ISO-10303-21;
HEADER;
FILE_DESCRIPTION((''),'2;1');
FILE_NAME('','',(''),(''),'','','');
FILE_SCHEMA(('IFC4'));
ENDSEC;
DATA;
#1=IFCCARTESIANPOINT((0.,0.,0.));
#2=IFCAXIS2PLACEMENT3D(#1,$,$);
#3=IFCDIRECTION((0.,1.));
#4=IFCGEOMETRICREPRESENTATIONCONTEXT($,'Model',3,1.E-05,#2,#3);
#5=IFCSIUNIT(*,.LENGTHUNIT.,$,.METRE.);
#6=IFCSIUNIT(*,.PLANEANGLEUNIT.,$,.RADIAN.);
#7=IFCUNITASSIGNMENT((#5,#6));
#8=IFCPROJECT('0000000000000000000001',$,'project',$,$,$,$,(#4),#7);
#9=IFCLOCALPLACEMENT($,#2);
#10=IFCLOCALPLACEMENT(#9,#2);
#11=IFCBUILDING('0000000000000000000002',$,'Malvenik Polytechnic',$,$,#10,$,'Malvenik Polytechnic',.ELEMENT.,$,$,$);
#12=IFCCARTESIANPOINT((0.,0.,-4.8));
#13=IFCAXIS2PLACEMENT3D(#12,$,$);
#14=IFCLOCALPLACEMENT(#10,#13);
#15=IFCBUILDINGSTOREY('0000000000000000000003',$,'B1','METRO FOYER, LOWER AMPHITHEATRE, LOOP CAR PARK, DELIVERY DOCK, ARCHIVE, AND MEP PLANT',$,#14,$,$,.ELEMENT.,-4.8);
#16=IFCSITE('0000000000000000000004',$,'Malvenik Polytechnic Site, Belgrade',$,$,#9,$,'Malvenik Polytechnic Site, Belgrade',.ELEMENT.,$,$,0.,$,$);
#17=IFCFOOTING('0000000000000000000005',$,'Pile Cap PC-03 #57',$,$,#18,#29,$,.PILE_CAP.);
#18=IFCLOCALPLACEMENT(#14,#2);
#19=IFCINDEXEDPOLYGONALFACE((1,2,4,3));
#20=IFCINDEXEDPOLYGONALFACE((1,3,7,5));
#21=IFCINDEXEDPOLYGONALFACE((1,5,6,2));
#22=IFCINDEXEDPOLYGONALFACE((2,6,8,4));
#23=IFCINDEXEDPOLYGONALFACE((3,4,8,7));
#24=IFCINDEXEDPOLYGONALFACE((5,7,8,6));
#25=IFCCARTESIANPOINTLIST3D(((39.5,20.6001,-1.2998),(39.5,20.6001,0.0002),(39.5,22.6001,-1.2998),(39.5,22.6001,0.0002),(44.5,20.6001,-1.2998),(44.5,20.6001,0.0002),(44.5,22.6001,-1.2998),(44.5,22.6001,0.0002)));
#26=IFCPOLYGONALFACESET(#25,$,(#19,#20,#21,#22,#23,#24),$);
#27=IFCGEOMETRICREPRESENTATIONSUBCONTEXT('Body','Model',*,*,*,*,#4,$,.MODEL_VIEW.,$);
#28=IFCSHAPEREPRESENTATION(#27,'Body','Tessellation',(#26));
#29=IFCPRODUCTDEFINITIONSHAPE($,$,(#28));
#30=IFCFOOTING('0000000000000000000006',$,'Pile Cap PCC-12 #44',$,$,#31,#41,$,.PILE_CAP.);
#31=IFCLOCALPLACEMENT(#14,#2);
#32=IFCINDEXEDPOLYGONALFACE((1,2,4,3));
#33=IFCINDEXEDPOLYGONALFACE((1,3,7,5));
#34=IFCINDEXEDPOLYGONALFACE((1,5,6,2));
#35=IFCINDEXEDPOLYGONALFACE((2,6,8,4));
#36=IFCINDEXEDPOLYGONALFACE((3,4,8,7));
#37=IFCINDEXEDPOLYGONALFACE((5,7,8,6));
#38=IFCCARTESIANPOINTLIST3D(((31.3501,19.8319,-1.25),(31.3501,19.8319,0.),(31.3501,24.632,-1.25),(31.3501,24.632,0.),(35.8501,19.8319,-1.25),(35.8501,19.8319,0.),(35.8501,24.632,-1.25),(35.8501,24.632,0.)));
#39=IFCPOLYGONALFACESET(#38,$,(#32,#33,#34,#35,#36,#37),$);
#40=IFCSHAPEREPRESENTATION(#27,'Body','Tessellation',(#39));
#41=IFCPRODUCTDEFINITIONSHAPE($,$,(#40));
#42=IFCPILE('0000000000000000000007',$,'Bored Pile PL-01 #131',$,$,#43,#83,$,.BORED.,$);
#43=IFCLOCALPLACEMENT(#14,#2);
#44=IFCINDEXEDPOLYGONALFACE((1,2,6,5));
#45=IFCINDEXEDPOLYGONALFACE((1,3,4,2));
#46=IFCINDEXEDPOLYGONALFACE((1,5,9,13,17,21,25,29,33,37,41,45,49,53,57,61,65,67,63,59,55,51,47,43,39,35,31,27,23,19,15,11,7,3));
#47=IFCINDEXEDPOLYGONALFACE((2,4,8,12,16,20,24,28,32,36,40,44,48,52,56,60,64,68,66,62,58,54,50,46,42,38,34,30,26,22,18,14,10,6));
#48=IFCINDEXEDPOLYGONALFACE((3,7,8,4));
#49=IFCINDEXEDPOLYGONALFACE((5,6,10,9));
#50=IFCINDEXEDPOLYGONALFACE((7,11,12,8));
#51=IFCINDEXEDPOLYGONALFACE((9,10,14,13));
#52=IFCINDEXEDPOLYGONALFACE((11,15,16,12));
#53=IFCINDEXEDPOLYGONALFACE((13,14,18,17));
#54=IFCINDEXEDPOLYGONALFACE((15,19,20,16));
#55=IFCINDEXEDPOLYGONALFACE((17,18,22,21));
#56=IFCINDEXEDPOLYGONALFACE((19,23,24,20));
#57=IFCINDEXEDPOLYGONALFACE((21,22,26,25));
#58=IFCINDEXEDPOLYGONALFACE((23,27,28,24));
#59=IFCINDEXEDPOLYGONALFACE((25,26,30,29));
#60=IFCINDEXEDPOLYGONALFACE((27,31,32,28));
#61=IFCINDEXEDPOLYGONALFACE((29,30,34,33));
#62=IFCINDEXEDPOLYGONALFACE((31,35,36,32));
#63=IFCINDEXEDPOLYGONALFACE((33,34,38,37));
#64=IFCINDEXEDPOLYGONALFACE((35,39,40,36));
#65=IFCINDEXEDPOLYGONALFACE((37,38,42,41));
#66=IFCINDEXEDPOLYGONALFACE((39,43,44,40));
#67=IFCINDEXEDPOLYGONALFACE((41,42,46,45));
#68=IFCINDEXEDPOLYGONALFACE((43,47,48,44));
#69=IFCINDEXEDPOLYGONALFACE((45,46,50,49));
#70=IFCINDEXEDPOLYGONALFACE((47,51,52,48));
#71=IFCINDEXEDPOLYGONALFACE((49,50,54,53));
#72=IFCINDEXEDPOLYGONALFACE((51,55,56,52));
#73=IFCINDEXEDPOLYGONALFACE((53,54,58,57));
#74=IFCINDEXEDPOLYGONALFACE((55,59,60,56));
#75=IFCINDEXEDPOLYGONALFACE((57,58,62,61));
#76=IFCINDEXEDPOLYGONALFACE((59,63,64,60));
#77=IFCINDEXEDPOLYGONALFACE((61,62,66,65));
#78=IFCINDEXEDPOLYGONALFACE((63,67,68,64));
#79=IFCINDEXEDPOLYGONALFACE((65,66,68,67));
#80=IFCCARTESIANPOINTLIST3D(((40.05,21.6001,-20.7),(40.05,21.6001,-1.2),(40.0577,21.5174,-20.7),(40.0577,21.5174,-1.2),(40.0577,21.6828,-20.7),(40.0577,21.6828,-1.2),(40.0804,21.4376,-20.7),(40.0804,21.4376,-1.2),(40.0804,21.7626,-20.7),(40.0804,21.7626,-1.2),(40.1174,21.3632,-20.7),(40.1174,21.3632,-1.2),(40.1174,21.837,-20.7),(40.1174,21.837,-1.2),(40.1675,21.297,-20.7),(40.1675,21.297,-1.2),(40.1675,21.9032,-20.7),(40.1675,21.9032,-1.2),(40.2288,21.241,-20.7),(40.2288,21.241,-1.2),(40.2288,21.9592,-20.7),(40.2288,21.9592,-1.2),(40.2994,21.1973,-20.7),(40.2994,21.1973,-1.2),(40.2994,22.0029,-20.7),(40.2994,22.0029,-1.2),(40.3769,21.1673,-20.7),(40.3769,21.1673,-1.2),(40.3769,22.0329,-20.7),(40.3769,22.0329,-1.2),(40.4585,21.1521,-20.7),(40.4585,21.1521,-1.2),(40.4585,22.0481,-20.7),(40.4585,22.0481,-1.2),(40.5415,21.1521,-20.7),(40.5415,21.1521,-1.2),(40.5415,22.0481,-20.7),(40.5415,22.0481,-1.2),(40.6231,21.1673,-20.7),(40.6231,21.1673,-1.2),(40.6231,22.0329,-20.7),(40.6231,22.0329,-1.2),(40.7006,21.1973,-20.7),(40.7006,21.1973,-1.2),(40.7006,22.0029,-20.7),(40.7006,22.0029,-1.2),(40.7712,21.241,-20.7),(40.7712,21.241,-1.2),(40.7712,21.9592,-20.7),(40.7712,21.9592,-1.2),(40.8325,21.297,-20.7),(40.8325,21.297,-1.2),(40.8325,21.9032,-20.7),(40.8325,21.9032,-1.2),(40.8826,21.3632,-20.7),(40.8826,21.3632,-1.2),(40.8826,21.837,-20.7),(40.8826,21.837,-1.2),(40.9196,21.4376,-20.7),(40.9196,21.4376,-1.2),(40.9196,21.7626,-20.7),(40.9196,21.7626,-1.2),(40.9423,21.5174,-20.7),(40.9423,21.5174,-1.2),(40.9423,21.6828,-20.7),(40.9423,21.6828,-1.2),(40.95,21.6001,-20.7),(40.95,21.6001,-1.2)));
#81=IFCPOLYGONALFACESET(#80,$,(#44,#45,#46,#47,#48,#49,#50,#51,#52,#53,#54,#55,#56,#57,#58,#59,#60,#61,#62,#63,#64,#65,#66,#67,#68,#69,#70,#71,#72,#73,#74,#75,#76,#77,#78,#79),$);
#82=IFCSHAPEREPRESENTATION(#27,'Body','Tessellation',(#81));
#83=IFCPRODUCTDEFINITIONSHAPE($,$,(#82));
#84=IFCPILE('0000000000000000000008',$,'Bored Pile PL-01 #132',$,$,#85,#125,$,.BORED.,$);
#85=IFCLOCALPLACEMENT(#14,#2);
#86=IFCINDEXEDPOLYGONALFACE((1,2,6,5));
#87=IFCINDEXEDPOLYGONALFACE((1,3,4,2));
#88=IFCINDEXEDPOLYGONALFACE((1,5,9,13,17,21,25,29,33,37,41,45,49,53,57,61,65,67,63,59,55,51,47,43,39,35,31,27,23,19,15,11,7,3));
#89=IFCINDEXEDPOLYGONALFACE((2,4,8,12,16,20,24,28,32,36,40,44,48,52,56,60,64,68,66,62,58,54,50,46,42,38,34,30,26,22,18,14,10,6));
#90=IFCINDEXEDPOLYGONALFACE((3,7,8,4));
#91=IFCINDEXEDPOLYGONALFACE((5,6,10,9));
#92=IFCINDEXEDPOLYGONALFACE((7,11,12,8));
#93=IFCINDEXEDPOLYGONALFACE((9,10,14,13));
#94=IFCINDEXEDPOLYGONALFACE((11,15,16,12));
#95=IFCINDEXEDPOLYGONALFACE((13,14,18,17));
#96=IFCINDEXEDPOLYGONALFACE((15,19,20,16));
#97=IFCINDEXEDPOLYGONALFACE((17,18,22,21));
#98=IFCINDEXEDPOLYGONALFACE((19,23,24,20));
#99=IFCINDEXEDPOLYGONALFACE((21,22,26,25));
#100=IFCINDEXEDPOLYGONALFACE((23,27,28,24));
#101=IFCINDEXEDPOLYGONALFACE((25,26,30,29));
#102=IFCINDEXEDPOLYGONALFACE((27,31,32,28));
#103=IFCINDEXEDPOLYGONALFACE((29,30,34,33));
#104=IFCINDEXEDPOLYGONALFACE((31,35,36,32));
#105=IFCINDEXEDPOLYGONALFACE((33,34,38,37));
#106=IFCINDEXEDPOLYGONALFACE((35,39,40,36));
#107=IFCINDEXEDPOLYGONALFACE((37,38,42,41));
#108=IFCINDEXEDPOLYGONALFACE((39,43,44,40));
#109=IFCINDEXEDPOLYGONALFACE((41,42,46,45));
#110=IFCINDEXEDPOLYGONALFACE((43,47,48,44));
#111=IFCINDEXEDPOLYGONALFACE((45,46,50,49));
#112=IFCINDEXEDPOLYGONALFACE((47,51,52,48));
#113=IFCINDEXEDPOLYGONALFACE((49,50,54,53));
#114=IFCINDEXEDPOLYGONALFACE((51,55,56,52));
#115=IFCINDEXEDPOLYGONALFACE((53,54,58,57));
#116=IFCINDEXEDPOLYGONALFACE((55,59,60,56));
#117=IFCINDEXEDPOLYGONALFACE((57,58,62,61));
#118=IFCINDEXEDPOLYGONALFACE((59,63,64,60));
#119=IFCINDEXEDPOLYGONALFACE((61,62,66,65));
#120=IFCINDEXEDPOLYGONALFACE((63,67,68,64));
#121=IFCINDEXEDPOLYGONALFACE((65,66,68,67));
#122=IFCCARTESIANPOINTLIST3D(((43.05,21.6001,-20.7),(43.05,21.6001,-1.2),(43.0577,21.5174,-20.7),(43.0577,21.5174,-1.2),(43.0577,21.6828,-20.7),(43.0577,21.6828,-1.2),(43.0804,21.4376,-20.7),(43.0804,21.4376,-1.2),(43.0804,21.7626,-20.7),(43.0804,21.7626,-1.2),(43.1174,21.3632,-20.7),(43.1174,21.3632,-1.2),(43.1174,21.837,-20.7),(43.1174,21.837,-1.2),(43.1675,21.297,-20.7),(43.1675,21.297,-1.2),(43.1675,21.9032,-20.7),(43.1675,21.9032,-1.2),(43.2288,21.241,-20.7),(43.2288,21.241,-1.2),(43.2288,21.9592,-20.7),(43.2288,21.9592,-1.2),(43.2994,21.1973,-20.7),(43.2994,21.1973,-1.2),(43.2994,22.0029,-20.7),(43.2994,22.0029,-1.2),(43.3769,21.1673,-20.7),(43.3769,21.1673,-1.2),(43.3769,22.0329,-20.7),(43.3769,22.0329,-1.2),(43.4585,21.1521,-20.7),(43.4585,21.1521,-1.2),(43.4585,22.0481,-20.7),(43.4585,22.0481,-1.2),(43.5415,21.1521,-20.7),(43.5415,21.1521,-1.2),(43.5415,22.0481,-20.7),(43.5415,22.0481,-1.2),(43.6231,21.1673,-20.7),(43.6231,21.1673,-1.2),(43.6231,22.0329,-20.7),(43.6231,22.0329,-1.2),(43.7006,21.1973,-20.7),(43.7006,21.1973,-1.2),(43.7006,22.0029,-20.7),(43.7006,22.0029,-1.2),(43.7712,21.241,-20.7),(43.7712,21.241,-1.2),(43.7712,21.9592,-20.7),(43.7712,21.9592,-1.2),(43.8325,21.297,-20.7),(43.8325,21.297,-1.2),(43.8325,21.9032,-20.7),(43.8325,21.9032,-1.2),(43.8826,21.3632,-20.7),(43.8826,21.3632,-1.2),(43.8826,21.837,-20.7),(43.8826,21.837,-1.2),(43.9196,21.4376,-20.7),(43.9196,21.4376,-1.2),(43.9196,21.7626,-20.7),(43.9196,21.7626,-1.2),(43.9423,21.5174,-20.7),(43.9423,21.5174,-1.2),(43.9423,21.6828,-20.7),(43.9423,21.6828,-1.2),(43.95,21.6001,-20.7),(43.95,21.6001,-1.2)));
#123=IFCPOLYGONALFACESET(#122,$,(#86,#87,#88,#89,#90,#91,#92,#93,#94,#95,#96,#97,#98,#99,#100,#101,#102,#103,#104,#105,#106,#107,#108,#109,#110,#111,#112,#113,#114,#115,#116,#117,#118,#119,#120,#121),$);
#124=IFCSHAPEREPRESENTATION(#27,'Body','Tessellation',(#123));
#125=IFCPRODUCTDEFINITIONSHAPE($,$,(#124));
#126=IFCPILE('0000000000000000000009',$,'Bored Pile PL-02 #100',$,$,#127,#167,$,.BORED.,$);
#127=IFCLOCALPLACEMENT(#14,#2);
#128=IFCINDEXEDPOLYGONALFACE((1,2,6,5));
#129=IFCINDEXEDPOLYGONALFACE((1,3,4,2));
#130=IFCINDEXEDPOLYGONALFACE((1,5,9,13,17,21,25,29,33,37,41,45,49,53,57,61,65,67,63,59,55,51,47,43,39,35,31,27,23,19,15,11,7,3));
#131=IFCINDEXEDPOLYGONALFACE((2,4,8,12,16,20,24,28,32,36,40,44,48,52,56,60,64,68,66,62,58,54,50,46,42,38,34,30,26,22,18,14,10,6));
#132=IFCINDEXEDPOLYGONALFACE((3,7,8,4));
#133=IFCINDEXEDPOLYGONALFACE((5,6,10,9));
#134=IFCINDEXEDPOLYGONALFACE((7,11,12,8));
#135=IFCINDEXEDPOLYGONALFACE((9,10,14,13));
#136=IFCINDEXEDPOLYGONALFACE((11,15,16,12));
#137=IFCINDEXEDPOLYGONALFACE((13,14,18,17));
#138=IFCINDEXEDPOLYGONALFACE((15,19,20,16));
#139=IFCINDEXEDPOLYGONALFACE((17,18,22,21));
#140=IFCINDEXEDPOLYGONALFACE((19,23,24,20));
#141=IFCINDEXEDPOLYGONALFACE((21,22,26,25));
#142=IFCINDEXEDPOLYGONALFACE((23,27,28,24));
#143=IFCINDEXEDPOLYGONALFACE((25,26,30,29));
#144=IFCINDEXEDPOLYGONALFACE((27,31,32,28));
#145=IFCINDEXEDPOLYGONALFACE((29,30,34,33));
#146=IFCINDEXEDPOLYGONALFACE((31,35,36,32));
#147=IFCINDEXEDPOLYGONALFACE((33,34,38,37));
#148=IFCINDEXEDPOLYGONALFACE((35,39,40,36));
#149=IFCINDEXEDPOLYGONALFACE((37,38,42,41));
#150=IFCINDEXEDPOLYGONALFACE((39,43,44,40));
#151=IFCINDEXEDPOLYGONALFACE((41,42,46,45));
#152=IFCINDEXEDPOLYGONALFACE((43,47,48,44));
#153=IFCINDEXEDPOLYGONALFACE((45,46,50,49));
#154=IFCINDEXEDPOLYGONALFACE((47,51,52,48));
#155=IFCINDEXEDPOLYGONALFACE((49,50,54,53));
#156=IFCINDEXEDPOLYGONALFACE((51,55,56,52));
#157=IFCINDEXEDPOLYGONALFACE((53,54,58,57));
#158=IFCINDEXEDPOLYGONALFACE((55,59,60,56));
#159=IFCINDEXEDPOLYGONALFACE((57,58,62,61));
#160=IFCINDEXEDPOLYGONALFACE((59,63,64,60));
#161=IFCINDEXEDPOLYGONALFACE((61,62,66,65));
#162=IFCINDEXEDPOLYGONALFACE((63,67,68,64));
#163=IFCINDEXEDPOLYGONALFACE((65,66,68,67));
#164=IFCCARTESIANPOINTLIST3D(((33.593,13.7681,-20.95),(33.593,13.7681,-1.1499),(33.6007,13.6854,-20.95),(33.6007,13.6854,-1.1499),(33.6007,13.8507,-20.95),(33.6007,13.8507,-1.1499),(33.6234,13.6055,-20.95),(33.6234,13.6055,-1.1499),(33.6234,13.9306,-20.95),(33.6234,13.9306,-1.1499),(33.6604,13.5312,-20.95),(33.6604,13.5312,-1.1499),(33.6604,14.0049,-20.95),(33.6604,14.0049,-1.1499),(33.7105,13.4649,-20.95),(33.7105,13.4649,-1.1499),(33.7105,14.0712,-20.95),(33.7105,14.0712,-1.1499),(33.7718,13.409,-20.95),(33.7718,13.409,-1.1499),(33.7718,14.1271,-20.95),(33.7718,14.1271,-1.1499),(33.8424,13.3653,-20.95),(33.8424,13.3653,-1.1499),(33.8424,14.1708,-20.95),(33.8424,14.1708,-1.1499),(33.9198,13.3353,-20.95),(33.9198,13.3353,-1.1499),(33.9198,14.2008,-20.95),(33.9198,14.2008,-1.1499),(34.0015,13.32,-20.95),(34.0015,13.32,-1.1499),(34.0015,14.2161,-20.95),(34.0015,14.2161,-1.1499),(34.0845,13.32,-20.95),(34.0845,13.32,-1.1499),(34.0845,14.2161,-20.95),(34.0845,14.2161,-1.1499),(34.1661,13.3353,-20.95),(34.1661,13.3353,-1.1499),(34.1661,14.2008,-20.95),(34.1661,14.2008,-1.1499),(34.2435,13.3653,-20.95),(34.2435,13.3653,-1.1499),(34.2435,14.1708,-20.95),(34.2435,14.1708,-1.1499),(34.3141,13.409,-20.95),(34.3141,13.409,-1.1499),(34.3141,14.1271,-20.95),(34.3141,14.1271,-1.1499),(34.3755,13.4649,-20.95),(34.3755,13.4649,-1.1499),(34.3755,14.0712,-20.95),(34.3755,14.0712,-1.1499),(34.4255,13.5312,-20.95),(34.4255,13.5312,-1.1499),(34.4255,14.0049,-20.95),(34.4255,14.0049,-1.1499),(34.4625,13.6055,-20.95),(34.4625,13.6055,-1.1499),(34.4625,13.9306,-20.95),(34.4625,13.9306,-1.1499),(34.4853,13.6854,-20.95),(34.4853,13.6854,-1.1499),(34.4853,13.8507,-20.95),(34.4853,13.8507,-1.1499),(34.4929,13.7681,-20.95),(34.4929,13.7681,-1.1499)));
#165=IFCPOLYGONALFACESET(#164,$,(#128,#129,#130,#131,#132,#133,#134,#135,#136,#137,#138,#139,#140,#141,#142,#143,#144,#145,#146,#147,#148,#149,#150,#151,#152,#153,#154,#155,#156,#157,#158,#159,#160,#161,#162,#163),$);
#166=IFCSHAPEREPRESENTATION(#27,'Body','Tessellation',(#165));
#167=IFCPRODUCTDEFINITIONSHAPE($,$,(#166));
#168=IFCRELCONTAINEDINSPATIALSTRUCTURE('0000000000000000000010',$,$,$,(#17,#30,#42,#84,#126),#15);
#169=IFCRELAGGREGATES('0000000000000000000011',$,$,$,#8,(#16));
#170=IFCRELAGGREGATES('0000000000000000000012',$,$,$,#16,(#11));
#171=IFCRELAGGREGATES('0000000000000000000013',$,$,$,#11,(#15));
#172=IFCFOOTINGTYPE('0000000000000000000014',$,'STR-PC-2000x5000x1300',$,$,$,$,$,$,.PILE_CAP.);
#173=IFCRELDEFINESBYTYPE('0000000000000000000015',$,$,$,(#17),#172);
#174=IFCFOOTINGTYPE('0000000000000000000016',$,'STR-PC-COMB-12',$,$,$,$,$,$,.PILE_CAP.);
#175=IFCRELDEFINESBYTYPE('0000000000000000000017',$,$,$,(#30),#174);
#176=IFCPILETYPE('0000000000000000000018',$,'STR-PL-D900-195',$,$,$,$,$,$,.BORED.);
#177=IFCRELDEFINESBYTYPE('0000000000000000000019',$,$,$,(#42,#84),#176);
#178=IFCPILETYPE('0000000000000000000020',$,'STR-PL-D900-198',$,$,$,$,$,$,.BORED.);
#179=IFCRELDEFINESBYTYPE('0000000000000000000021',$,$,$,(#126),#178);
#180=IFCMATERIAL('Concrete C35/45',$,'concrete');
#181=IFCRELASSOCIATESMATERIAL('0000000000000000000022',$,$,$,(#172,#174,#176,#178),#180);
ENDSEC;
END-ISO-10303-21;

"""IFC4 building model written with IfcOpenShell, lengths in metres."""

from ifc_helpers import new_model, si_unit, direction, frame, origin, origin_2d, place, context, subcontext, project, spatial, rectangle, circle, extrude, material, material_profile, profile_set, type_object, element, save


model = new_model("IFC4")

# Units and contexts
model_context = context("Model", 3, precision=1e-05, world=origin(), true_north=direction((0.0, 1.0)))
body_context = subcontext(model_context, "Body", "Model", "MODEL_VIEW")
ifc_project = project(units=[si_unit("LENGTHUNIT", "METRE"), si_unit("PLANEANGLEUNIT", "RADIAN")], contexts=[model_context])

# Site, building, storey
site_placement = place(None, origin())
site = spatial("IfcSite", under=ifc_project, at=site_placement, Name="Malvenik Polytechnic Site, Belgrade", LongName="Malvenik Polytechnic Site, Belgrade", CompositionType="ELEMENT", RefElevation=0.0)
building_placement = place(site_placement, origin())
building = spatial("IfcBuilding", under=site, at=building_placement, Name="Malvenik Polytechnic", LongName="Malvenik Polytechnic", CompositionType="ELEMENT")
storey_placement = place(building_placement, frame((0.0, 0.0, -4.8)))
storey = spatial("IfcBuildingStorey", under=building, at=storey_placement, Name="B1", Description="METRO FOYER, LOWER AMPHITHEATRE, LOOP CAR PARK, DELIVERY DOCK, ARCHIVE, AND MEP PLANT", CompositionType="ELEMENT", Elevation=-4.8)

# Footings
ifc_material_1 = material(Name="Concrete C35/45", Category="concrete")
footing_type_1 = type_object("IfcFootingType", Name="STR-PC-2000x5000x1300", PredefinedType="PILE_CAP", material=ifc_material_1)
footing_1_placement = place(storey_placement, frame((42.0, 21.6001, -1.2998), z_axis=(0.0, 0.0, 1.0), x_axis=(1.0, 0.0, 0.0)))
element("IfcFooting", 1, at=footing_1_placement, inside=storey, type_object=footing_type_1, Name="Pile Cap PC-03 #57", PredefinedType="PILE_CAP", context=body_context, shape_type="SweptSolid", body=[
    extrude(rectangle(XDim=5.0, YDim=2.0, at=origin_2d()), origin(), (0.0, 0.0, 1.0), 1.3),
])
footing_type_2 = type_object("IfcFootingType", Name="STR-PC-COMB-12", PredefinedType="PILE_CAP", material=ifc_material_1)
footing_2_placement = place(storey_placement, frame((33.6001, 22.2319, -1.25), z_axis=(0.0, 0.0, 1.0), x_axis=(1.0, 0.0, 0.0)))
element("IfcFooting", 2, at=footing_2_placement, inside=storey, type_object=footing_type_2, Name="Pile Cap PCC-12 #44", PredefinedType="PILE_CAP", context=body_context, shape_type="SweptSolid", body=[
    extrude(rectangle(XDim=4.5, YDim=4.8, at=origin_2d()), origin(), (0.0, 0.0, 1.0), 1.25),
])

# Piles
ifc_material_profile_1 = material_profile(ifc_material_1, circle(Radius=0.45, at=origin_2d()), Name="BORED PILE D900")
ifc_profile_set_1 = profile_set([ifc_material_profile_1], Name="Concrete C35/45")
pile_type_1 = type_object("IfcPileType", Name="STR-PL-D900-195", PredefinedType="BORED", material=ifc_profile_set_1)
for number, where, z_axis, x_axis, name in (
    (3, (40.5, 21.6001, -1.2), (0.0, 0.0, -1.0), (1.0, 0.0, 0.0), "Bored Pile PL-01 #131"),
    (4, (43.5, 21.6001, -1.2), (0.0, 0.0, -1.0), (1.0, 0.0, 0.0), "Bored Pile PL-01 #132"),
):
    element("IfcPile", number, at=place(storey_placement, frame(where, z_axis=z_axis, x_axis=x_axis)), inside=storey, type_object=pile_type_1, Name=name, PredefinedType="BORED", context=body_context, shape_type="SweptSolid", body=[
        extrude(circle(Radius=0.45, at=origin_2d()), origin(), (0.0, 0.0, 1.0), 19.5),
    ])
ifc_material_profile_2 = material_profile(ifc_material_1, circle(Radius=0.45, at=origin_2d()), Name="BORED PILE D900")
ifc_profile_set_2 = profile_set([ifc_material_profile_2], Name="Concrete C35/45")
pile_type_2 = type_object("IfcPileType", Name="STR-PL-D900-198", PredefinedType="BORED", material=ifc_profile_set_2)
for number, where, z_axis, x_axis, name in (
    (5, (34.043, 13.7681, -1.1499), (0.0, 0.0, -1.0), (1.0, 0.0, 0.0), "Bored Pile PL-02 #100"),
):
    element("IfcPile", number, at=place(storey_placement, frame(where, z_axis=z_axis, x_axis=x_axis)), inside=storey, type_object=pile_type_2, Name=name, PredefinedType="BORED", context=body_context, shape_type="SweptSolid", body=[
        extrude(circle(Radius=0.45, at=origin_2d()), origin(), (0.0, 0.0, 1.0), 19.8),
    ])

save(model, "model.ifc")
